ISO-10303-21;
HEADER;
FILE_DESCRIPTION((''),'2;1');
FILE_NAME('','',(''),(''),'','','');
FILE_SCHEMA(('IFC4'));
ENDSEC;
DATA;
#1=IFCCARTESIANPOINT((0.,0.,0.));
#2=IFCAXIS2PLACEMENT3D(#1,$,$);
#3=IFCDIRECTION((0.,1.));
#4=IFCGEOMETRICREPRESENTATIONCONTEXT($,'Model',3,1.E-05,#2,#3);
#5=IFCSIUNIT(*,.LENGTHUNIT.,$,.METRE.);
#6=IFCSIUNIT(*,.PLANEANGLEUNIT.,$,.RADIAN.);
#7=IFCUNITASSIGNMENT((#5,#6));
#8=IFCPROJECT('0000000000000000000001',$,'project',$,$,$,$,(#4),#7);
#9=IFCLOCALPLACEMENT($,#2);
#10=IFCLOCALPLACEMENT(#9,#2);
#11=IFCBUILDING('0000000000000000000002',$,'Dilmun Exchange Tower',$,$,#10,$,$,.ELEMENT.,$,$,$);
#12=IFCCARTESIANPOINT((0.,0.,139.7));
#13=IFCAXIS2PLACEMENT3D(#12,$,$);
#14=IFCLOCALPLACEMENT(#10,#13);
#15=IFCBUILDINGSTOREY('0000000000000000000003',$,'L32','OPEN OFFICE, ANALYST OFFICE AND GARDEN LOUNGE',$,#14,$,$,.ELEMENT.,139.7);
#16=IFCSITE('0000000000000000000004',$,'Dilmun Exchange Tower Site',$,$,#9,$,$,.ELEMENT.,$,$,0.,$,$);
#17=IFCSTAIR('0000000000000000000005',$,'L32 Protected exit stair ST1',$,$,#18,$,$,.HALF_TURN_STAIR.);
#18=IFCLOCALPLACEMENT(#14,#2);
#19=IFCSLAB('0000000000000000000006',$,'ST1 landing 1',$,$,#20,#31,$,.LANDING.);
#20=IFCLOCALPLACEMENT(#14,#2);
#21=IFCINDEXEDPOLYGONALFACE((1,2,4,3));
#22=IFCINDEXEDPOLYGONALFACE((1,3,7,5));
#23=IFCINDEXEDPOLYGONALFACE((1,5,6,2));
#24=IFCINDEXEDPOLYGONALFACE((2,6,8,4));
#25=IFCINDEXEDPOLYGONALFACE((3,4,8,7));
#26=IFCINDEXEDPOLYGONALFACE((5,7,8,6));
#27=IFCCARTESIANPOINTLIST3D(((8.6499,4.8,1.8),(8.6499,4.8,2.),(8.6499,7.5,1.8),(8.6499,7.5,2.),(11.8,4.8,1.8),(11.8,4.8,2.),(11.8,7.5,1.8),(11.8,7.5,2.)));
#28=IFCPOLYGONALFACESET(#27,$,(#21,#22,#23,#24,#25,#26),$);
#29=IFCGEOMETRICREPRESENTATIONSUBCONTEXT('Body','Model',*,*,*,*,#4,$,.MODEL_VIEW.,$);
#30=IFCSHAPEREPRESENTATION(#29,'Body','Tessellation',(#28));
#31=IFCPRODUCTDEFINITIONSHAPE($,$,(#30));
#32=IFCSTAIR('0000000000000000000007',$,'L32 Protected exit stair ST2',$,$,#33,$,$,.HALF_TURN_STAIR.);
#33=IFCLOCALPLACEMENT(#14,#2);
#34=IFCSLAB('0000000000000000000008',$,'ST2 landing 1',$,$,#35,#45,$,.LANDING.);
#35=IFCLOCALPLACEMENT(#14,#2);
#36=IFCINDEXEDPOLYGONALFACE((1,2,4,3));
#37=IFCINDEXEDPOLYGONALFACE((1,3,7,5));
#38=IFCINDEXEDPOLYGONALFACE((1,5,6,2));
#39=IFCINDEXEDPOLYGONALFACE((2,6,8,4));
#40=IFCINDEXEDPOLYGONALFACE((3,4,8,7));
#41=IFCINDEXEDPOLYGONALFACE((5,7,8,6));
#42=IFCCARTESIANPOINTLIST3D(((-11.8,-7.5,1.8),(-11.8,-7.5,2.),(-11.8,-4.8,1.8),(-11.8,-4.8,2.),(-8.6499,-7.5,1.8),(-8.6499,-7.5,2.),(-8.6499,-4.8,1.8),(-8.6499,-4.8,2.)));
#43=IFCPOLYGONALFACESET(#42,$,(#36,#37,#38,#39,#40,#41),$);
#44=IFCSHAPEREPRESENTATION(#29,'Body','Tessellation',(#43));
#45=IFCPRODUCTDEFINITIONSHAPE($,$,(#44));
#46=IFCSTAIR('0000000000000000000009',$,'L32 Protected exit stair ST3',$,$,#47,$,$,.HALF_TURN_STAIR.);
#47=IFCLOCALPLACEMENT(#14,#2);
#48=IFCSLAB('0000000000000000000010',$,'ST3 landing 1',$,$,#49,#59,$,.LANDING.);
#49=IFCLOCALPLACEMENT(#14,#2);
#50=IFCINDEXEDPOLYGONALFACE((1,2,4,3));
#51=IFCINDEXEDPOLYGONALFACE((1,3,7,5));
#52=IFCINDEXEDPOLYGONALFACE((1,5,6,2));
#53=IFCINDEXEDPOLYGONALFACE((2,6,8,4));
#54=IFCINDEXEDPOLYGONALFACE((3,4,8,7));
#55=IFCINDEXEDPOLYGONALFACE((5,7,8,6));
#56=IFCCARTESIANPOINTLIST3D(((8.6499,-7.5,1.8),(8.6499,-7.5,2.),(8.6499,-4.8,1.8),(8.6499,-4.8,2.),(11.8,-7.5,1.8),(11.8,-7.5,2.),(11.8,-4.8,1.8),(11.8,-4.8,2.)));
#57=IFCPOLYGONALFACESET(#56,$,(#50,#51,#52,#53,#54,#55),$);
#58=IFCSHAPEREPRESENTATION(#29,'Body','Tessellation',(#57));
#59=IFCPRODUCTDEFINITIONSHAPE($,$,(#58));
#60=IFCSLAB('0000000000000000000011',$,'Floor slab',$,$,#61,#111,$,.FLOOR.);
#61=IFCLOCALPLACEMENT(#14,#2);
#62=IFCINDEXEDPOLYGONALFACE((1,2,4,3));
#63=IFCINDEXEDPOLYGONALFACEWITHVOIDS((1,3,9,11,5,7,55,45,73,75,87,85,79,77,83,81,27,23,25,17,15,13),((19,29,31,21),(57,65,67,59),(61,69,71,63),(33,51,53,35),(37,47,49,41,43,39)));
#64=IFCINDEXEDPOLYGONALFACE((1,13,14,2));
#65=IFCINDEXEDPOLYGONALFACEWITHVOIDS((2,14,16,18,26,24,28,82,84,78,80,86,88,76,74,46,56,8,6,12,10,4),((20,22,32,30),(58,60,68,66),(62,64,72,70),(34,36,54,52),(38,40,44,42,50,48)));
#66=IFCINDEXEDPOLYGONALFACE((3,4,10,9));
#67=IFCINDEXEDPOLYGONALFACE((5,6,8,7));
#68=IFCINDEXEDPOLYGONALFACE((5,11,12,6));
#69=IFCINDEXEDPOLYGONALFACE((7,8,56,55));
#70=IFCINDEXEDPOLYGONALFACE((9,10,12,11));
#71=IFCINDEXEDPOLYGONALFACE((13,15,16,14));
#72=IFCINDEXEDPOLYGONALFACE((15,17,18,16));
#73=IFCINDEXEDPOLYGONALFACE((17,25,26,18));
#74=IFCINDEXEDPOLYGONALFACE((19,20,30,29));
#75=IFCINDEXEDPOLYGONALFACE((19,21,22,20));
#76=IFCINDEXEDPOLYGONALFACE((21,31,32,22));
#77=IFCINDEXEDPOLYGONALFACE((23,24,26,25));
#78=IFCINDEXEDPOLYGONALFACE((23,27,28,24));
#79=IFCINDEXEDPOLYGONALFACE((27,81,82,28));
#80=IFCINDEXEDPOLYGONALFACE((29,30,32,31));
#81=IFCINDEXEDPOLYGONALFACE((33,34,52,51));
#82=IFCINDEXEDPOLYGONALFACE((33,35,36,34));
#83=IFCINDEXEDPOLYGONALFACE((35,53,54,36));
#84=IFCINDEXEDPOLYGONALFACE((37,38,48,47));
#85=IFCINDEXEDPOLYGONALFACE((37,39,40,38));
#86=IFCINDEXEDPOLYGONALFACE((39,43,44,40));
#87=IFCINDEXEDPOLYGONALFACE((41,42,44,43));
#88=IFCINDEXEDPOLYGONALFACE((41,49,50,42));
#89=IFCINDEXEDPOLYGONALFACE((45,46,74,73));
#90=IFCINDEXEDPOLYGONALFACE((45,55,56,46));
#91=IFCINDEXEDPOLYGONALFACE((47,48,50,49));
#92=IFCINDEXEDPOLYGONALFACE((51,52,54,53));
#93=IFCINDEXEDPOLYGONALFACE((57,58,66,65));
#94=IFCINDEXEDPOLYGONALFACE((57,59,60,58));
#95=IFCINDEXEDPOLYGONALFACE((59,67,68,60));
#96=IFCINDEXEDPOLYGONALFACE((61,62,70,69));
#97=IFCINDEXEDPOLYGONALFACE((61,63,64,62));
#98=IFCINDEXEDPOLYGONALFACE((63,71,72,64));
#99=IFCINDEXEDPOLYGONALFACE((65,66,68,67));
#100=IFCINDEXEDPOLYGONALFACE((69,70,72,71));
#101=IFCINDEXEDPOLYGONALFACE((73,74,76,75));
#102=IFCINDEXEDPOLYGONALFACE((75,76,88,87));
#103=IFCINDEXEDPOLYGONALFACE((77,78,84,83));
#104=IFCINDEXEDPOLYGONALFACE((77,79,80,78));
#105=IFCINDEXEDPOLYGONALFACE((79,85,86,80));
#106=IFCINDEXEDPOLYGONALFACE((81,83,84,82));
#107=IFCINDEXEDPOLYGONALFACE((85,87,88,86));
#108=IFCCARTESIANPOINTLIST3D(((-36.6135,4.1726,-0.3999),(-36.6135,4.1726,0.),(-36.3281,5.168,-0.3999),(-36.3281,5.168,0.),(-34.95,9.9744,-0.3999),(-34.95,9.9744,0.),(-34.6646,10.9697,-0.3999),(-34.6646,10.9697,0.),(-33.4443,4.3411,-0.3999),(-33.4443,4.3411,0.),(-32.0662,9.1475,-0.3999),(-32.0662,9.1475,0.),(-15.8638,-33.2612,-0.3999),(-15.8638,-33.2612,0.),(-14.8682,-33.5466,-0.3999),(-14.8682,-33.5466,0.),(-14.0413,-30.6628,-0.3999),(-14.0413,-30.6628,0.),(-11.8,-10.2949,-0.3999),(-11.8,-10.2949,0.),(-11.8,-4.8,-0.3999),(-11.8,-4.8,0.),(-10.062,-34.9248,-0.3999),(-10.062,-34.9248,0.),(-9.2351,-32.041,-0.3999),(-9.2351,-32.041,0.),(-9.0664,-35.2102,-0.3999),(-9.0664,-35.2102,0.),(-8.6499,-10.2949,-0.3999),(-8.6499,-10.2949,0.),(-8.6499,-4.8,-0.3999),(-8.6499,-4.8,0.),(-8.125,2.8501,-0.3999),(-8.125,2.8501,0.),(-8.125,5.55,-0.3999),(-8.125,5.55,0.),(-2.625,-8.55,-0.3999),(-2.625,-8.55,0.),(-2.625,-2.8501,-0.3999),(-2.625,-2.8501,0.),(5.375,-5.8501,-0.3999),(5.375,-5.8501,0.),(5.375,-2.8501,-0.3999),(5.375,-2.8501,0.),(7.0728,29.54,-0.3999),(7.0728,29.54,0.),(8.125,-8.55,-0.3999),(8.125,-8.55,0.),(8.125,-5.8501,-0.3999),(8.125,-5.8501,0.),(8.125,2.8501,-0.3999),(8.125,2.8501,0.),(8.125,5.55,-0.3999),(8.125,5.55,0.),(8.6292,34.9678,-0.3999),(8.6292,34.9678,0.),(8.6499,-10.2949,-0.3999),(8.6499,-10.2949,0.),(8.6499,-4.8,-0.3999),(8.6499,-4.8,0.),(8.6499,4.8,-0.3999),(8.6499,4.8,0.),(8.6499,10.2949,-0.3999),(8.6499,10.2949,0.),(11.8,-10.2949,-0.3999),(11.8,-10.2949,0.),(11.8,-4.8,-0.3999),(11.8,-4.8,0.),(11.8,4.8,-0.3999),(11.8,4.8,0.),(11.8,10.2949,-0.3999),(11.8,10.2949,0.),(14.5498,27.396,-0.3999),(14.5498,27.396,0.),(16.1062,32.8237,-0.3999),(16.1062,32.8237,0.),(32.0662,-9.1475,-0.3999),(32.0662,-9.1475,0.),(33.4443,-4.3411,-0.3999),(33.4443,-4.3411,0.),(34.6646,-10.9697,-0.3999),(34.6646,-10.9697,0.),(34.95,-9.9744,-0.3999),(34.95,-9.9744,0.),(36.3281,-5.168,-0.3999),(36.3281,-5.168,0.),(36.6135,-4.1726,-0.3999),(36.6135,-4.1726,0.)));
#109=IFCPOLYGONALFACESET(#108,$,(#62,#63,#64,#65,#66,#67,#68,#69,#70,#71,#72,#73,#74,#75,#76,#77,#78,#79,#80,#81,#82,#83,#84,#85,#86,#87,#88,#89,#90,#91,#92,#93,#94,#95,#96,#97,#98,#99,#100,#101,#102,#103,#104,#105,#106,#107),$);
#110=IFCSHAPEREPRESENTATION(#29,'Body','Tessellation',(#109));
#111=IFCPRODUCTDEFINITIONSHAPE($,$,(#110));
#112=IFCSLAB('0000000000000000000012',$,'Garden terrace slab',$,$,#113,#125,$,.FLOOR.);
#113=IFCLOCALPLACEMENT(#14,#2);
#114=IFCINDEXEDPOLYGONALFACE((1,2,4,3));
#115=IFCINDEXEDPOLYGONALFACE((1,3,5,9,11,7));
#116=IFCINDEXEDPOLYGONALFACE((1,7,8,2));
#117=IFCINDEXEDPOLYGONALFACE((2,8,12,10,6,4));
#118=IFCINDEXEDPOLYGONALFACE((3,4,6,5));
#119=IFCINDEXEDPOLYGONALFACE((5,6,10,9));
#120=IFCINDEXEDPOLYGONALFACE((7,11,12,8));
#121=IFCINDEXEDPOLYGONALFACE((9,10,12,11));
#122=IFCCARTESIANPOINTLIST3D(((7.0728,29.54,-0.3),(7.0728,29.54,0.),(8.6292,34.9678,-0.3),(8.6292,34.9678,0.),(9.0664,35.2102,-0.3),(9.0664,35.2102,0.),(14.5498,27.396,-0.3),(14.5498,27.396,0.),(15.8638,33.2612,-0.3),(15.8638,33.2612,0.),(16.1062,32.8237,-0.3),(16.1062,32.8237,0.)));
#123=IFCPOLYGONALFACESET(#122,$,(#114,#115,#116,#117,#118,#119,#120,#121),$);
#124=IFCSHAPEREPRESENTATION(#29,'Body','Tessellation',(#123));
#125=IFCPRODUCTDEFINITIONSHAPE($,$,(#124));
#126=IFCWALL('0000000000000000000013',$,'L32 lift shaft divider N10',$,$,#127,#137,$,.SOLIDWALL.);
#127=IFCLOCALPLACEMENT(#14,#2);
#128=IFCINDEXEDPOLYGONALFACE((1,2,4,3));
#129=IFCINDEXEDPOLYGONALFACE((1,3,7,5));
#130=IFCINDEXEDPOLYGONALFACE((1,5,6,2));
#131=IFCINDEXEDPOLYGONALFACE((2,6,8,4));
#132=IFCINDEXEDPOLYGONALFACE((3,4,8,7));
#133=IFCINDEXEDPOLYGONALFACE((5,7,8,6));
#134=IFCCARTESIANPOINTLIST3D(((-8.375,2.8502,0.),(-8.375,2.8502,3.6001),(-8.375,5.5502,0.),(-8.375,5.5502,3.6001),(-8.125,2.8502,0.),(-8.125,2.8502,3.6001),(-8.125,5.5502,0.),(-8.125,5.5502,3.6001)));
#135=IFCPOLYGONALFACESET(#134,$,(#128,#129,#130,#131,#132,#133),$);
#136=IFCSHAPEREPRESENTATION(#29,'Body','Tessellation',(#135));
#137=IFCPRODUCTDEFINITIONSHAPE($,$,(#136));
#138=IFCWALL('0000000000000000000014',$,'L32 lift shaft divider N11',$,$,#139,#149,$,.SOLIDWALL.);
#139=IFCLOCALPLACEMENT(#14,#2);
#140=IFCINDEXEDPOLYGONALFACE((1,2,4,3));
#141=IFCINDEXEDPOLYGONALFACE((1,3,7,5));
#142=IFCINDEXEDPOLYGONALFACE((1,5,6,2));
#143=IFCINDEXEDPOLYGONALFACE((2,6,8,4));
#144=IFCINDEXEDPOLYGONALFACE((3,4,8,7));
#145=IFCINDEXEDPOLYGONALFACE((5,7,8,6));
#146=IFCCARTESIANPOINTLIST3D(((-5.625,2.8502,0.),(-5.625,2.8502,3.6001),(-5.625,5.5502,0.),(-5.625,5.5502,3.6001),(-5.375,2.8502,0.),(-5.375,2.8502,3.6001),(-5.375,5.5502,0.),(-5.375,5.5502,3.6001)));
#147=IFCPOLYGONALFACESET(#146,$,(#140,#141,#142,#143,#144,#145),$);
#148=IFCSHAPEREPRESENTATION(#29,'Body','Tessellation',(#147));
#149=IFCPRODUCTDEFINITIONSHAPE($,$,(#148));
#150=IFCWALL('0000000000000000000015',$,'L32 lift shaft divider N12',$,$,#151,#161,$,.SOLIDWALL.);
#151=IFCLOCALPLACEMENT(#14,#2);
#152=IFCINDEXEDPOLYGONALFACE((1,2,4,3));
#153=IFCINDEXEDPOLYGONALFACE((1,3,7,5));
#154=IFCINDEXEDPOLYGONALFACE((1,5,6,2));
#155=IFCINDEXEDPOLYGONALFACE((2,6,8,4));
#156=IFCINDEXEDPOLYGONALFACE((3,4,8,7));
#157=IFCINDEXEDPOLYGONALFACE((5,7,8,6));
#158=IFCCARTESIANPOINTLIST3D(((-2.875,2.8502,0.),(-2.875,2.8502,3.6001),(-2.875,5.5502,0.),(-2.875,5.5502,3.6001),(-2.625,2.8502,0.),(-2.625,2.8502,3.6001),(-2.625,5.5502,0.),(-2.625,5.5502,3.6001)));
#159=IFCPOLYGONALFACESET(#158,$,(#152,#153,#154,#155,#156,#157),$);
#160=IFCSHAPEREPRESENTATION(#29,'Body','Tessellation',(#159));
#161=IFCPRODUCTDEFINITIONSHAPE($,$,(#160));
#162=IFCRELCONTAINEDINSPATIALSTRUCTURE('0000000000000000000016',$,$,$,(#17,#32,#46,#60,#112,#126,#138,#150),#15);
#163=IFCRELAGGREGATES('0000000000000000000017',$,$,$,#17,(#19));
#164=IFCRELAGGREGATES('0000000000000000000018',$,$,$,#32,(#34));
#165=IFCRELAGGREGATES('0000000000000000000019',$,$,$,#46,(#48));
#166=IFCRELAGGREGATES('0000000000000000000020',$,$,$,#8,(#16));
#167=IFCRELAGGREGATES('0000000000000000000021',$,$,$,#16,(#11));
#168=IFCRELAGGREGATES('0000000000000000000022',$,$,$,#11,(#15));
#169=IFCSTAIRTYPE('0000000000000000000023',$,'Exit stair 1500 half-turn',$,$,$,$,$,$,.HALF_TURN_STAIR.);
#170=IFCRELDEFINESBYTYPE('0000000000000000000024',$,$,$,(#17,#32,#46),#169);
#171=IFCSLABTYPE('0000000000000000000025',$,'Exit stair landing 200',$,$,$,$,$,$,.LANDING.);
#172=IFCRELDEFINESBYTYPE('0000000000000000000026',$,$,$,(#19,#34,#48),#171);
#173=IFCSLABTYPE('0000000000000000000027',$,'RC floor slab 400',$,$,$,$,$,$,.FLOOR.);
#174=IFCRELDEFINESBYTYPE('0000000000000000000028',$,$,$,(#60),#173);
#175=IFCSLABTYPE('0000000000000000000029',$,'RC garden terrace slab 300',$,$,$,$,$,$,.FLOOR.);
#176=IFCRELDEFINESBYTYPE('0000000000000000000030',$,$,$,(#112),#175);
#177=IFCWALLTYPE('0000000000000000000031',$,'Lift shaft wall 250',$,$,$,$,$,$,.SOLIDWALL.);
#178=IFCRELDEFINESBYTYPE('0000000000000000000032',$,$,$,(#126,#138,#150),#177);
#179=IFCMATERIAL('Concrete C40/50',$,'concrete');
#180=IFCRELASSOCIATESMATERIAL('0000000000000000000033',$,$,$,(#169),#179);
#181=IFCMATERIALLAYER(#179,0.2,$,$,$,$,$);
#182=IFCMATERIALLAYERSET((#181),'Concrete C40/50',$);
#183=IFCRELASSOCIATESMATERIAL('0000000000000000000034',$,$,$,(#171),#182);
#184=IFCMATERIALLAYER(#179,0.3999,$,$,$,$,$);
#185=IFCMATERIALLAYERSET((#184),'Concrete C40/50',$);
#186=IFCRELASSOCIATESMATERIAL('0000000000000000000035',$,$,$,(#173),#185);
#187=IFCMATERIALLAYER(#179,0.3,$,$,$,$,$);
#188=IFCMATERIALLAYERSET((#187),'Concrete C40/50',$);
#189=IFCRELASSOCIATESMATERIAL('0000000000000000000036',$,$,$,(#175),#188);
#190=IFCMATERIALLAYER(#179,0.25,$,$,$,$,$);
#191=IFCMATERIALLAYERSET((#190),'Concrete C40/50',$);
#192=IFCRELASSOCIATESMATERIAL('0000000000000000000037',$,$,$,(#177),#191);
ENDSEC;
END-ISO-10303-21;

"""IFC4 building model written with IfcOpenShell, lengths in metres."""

from ifc_helpers import new_model, si_unit, direction, frame, frame_2d, origin, place, context, subcontext, project, spatial, polyline, rectangle, outline, extrude, material, layer, layer_set, type_object, element, aggregate, save


model = new_model("IFC4")

# Units and contexts
model_context = context("Model", 3, precision=1e-05, world=origin(), true_north=direction((0.0, 1.0)))
body_context = subcontext(model_context, "Body", "Model", "MODEL_VIEW")
ifc_project = project(units=[si_unit("LENGTHUNIT", "METRE"), si_unit("PLANEANGLEUNIT", "RADIAN")], contexts=[model_context])

# Site, building, storey
site_placement = place(None, origin())
site = spatial("IfcSite", under=ifc_project, at=site_placement, Name="Dilmun Exchange Tower Site", CompositionType="ELEMENT", RefElevation=0.0)
building_placement = place(site_placement, origin())
building = spatial("IfcBuilding", under=site, at=building_placement, Name="Dilmun Exchange Tower", CompositionType="ELEMENT")
storey_placement = place(building_placement, frame((0.0, 0.0, 139.7)))
storey = spatial("IfcBuildingStorey", under=building, at=storey_placement, Name="L32", Description="OPEN OFFICE, ANALYST OFFICE AND GARDEN LOUNGE", CompositionType="ELEMENT", Elevation=139.7)

# Stairs, slabs
ifc_material_1 = material(Name="Concrete C40/50", Category="concrete")
stair_type = type_object("IfcStairType", Name="Exit stair 1500 half-turn", PredefinedType="HALF_TURN_STAIR", material=ifc_material_1)
stair_1_placement = place(storey_placement, origin())
stair_1 = element("IfcStair", 1, at=stair_1_placement, inside=storey, type_object=stair_type, Name="L32 Protected exit stair ST1", PredefinedType="HALF_TURN_STAIR")
ifc_layer_1 = layer(ifc_material_1, 0.2)
ifc_layer_set_1 = layer_set([ifc_layer_1], Name="Concrete C40/50")
slab_type_1 = type_object("IfcSlabType", Name="Exit stair landing 200", PredefinedType="LANDING", material=ifc_layer_set_1)
slab_1_placement = place(storey_placement, frame((0.0, 0.0, 1.8)))
slab_1 = element("IfcSlab", 2, at=slab_1_placement, type_object=slab_type_1, Name="ST1 landing 1", PredefinedType="LANDING", context=body_context, shape_type="SweptSolid", body=[
    extrude(outline(polyline([(8.6499, 7.5), (8.6499, 4.8), (11.8, 4.8), (11.8, 7.5), (8.6499, 7.5)])), origin(), (0.0, 0.0, 1.0), 0.2),
])
aggregate(stair_1, [slab_1])
stair_2_placement = place(storey_placement, origin())
stair_2 = element("IfcStair", 3, at=stair_2_placement, inside=storey, type_object=stair_type, Name="L32 Protected exit stair ST2", PredefinedType="HALF_TURN_STAIR")
slab_2_placement = place(storey_placement, frame((0.0, 0.0, 1.8)))
slab_2 = element("IfcSlab", 4, at=slab_2_placement, type_object=slab_type_1, Name="ST2 landing 1", PredefinedType="LANDING", context=body_context, shape_type="SweptSolid", body=[
    extrude(outline(polyline([(-8.6499, -7.5), (-8.6499, -4.8), (-11.8, -4.8), (-11.8, -7.5), (-8.6499, -7.5)])), origin(), (0.0, 0.0, 1.0), 0.2),
])
aggregate(stair_2, [slab_2])
stair_3_placement = place(storey_placement, origin())
stair_3 = element("IfcStair", 5, at=stair_3_placement, inside=storey, type_object=stair_type, Name="L32 Protected exit stair ST3", PredefinedType="HALF_TURN_STAIR")
slab_3_placement = place(storey_placement, frame((0.0, 0.0, 1.8)))
slab_3 = element("IfcSlab", 6, at=slab_3_placement, type_object=slab_type_1, Name="ST3 landing 1", PredefinedType="LANDING", context=body_context, shape_type="SweptSolid", body=[
    extrude(outline(polyline([(11.8, -7.5), (11.8, -4.8), (8.6499, -4.8), (8.6499, -7.5), (11.8, -7.5)])), origin(), (0.0, 0.0, 1.0), 0.2),
])
aggregate(stair_3, [slab_3])

# Slabs
ifc_layer_2 = layer(ifc_material_1, 0.3999)
ifc_layer_set_2 = layer_set([ifc_layer_2], Name="Concrete C40/50")
slab_type_2 = type_object("IfcSlabType", Name="RC floor slab 400", PredefinedType="FLOOR", material=ifc_layer_set_2)
slab_4_placement = place(storey_placement, frame((0.0, 0.0, -0.3999)))
element("IfcSlab", 7, at=slab_4_placement, inside=storey, type_object=slab_type_2, Name="Floor slab", PredefinedType="FLOOR", context=body_context, shape_type="SweptSolid", body=[
    extrude(outline(polyline([(36.3281, -5.168), (33.4443, -4.3411), (32.0662, -9.1475), (34.95, -9.9744), (34.6646, -10.9697), (-9.0664, -35.2102), (-10.062, -34.9248), (-9.2351, -32.041), (-14.0413, -30.6628), (-14.8682, -33.5466), (-15.8638, -33.2612), (-36.6135, 4.1726), (-36.3281, 5.168), (-33.4443, 4.3411), (-32.0662, 9.1475), (-34.95, 9.9744), (-34.6646, 10.9697), (8.6292, 34.9678), (7.0728, 29.54), (14.5498, 27.396), (16.1062, 32.8237), (36.6135, -4.1726), (36.3281, -5.168)]), holes=[polyline([(-8.6499, -4.8), (-11.8, -4.8), (-11.8, -10.2949), (-8.6499, -10.2949), (-8.6499, -4.8)]), polyline([(11.8, -4.8), (8.6499, -4.8), (8.6499, -10.2949), (11.8, -10.2949), (11.8, -4.8)]), polyline([(5.375, -2.8501), (-2.625, -2.8501), (-2.625, -8.55), (8.125, -8.55), (8.125, -5.8501), (5.375, -5.8501), (5.375, -2.8501)]), polyline([(8.125, 2.8501), (8.125, 5.55), (-8.125, 5.55), (-8.125, 2.8501), (8.125, 2.8501)]), polyline([(8.6499, 10.2949), (8.6499, 4.8), (11.8, 4.8), (11.8, 10.2949), (8.6499, 10.2949)])]), origin(), (0.0, 0.0, 1.0), 0.3999),
])
ifc_layer_3 = layer(ifc_material_1, 0.3)
ifc_layer_set_3 = layer_set([ifc_layer_3], Name="Concrete C40/50")
slab_type_3 = type_object("IfcSlabType", Name="RC garden terrace slab 300", PredefinedType="FLOOR", material=ifc_layer_set_3)
slab_5_placement = place(storey_placement, frame((0.0, 0.0, -0.3)))
element("IfcSlab", 8, at=slab_5_placement, inside=storey, type_object=slab_type_3, Name="Garden terrace slab", PredefinedType="FLOOR", context=body_context, shape_type="SweptSolid", body=[
    extrude(outline(polyline([(7.0728, 29.54), (8.6292, 34.9678), (9.0664, 35.2102), (15.8638, 33.2612), (16.1062, 32.8237), (14.5498, 27.396), (7.0728, 29.54)])), origin(), (0.0, 0.0, 1.0), 0.3),
])

# Walls
ifc_layer_4 = layer(ifc_material_1, 0.25)
ifc_layer_set_4 = layer_set([ifc_layer_4], Name="Concrete C40/50")
wall_type = type_object("IfcWallType", Name="Lift shaft wall 250", PredefinedType="SOLIDWALL", material=ifc_layer_set_4)
for number, where, z_axis, x_axis, name in (
    (9, (-8.25, 2.8501, 0.0), (0.0, 0.0, 1.0), (0.0, 1.0, 0.0), "L32 lift shaft divider N10"),
    (10, (-5.5, 2.8501, 0.0), (0.0, 0.0, 1.0), (0.0, 1.0, 0.0), "L32 lift shaft divider N11"),
    (11, (-2.75, 2.8501, 0.0), (0.0, 0.0, 1.0), (0.0, 1.0, 0.0), "L32 lift shaft divider N12"),
):
    element("IfcWall", number, at=place(storey_placement, frame(where, z_axis=z_axis, x_axis=x_axis)), inside=storey, type_object=wall_type, Name=name, PredefinedType="SOLIDWALL", context=body_context, shape_type="SweptSolid", body=[
        extrude(rectangle(XDim=2.7, YDim=0.25, at=frame_2d((1.3501, 0.0))), origin(), (0.0, 0.0, 1.0), 3.6001),
    ])

save(model, "model.ifc")
